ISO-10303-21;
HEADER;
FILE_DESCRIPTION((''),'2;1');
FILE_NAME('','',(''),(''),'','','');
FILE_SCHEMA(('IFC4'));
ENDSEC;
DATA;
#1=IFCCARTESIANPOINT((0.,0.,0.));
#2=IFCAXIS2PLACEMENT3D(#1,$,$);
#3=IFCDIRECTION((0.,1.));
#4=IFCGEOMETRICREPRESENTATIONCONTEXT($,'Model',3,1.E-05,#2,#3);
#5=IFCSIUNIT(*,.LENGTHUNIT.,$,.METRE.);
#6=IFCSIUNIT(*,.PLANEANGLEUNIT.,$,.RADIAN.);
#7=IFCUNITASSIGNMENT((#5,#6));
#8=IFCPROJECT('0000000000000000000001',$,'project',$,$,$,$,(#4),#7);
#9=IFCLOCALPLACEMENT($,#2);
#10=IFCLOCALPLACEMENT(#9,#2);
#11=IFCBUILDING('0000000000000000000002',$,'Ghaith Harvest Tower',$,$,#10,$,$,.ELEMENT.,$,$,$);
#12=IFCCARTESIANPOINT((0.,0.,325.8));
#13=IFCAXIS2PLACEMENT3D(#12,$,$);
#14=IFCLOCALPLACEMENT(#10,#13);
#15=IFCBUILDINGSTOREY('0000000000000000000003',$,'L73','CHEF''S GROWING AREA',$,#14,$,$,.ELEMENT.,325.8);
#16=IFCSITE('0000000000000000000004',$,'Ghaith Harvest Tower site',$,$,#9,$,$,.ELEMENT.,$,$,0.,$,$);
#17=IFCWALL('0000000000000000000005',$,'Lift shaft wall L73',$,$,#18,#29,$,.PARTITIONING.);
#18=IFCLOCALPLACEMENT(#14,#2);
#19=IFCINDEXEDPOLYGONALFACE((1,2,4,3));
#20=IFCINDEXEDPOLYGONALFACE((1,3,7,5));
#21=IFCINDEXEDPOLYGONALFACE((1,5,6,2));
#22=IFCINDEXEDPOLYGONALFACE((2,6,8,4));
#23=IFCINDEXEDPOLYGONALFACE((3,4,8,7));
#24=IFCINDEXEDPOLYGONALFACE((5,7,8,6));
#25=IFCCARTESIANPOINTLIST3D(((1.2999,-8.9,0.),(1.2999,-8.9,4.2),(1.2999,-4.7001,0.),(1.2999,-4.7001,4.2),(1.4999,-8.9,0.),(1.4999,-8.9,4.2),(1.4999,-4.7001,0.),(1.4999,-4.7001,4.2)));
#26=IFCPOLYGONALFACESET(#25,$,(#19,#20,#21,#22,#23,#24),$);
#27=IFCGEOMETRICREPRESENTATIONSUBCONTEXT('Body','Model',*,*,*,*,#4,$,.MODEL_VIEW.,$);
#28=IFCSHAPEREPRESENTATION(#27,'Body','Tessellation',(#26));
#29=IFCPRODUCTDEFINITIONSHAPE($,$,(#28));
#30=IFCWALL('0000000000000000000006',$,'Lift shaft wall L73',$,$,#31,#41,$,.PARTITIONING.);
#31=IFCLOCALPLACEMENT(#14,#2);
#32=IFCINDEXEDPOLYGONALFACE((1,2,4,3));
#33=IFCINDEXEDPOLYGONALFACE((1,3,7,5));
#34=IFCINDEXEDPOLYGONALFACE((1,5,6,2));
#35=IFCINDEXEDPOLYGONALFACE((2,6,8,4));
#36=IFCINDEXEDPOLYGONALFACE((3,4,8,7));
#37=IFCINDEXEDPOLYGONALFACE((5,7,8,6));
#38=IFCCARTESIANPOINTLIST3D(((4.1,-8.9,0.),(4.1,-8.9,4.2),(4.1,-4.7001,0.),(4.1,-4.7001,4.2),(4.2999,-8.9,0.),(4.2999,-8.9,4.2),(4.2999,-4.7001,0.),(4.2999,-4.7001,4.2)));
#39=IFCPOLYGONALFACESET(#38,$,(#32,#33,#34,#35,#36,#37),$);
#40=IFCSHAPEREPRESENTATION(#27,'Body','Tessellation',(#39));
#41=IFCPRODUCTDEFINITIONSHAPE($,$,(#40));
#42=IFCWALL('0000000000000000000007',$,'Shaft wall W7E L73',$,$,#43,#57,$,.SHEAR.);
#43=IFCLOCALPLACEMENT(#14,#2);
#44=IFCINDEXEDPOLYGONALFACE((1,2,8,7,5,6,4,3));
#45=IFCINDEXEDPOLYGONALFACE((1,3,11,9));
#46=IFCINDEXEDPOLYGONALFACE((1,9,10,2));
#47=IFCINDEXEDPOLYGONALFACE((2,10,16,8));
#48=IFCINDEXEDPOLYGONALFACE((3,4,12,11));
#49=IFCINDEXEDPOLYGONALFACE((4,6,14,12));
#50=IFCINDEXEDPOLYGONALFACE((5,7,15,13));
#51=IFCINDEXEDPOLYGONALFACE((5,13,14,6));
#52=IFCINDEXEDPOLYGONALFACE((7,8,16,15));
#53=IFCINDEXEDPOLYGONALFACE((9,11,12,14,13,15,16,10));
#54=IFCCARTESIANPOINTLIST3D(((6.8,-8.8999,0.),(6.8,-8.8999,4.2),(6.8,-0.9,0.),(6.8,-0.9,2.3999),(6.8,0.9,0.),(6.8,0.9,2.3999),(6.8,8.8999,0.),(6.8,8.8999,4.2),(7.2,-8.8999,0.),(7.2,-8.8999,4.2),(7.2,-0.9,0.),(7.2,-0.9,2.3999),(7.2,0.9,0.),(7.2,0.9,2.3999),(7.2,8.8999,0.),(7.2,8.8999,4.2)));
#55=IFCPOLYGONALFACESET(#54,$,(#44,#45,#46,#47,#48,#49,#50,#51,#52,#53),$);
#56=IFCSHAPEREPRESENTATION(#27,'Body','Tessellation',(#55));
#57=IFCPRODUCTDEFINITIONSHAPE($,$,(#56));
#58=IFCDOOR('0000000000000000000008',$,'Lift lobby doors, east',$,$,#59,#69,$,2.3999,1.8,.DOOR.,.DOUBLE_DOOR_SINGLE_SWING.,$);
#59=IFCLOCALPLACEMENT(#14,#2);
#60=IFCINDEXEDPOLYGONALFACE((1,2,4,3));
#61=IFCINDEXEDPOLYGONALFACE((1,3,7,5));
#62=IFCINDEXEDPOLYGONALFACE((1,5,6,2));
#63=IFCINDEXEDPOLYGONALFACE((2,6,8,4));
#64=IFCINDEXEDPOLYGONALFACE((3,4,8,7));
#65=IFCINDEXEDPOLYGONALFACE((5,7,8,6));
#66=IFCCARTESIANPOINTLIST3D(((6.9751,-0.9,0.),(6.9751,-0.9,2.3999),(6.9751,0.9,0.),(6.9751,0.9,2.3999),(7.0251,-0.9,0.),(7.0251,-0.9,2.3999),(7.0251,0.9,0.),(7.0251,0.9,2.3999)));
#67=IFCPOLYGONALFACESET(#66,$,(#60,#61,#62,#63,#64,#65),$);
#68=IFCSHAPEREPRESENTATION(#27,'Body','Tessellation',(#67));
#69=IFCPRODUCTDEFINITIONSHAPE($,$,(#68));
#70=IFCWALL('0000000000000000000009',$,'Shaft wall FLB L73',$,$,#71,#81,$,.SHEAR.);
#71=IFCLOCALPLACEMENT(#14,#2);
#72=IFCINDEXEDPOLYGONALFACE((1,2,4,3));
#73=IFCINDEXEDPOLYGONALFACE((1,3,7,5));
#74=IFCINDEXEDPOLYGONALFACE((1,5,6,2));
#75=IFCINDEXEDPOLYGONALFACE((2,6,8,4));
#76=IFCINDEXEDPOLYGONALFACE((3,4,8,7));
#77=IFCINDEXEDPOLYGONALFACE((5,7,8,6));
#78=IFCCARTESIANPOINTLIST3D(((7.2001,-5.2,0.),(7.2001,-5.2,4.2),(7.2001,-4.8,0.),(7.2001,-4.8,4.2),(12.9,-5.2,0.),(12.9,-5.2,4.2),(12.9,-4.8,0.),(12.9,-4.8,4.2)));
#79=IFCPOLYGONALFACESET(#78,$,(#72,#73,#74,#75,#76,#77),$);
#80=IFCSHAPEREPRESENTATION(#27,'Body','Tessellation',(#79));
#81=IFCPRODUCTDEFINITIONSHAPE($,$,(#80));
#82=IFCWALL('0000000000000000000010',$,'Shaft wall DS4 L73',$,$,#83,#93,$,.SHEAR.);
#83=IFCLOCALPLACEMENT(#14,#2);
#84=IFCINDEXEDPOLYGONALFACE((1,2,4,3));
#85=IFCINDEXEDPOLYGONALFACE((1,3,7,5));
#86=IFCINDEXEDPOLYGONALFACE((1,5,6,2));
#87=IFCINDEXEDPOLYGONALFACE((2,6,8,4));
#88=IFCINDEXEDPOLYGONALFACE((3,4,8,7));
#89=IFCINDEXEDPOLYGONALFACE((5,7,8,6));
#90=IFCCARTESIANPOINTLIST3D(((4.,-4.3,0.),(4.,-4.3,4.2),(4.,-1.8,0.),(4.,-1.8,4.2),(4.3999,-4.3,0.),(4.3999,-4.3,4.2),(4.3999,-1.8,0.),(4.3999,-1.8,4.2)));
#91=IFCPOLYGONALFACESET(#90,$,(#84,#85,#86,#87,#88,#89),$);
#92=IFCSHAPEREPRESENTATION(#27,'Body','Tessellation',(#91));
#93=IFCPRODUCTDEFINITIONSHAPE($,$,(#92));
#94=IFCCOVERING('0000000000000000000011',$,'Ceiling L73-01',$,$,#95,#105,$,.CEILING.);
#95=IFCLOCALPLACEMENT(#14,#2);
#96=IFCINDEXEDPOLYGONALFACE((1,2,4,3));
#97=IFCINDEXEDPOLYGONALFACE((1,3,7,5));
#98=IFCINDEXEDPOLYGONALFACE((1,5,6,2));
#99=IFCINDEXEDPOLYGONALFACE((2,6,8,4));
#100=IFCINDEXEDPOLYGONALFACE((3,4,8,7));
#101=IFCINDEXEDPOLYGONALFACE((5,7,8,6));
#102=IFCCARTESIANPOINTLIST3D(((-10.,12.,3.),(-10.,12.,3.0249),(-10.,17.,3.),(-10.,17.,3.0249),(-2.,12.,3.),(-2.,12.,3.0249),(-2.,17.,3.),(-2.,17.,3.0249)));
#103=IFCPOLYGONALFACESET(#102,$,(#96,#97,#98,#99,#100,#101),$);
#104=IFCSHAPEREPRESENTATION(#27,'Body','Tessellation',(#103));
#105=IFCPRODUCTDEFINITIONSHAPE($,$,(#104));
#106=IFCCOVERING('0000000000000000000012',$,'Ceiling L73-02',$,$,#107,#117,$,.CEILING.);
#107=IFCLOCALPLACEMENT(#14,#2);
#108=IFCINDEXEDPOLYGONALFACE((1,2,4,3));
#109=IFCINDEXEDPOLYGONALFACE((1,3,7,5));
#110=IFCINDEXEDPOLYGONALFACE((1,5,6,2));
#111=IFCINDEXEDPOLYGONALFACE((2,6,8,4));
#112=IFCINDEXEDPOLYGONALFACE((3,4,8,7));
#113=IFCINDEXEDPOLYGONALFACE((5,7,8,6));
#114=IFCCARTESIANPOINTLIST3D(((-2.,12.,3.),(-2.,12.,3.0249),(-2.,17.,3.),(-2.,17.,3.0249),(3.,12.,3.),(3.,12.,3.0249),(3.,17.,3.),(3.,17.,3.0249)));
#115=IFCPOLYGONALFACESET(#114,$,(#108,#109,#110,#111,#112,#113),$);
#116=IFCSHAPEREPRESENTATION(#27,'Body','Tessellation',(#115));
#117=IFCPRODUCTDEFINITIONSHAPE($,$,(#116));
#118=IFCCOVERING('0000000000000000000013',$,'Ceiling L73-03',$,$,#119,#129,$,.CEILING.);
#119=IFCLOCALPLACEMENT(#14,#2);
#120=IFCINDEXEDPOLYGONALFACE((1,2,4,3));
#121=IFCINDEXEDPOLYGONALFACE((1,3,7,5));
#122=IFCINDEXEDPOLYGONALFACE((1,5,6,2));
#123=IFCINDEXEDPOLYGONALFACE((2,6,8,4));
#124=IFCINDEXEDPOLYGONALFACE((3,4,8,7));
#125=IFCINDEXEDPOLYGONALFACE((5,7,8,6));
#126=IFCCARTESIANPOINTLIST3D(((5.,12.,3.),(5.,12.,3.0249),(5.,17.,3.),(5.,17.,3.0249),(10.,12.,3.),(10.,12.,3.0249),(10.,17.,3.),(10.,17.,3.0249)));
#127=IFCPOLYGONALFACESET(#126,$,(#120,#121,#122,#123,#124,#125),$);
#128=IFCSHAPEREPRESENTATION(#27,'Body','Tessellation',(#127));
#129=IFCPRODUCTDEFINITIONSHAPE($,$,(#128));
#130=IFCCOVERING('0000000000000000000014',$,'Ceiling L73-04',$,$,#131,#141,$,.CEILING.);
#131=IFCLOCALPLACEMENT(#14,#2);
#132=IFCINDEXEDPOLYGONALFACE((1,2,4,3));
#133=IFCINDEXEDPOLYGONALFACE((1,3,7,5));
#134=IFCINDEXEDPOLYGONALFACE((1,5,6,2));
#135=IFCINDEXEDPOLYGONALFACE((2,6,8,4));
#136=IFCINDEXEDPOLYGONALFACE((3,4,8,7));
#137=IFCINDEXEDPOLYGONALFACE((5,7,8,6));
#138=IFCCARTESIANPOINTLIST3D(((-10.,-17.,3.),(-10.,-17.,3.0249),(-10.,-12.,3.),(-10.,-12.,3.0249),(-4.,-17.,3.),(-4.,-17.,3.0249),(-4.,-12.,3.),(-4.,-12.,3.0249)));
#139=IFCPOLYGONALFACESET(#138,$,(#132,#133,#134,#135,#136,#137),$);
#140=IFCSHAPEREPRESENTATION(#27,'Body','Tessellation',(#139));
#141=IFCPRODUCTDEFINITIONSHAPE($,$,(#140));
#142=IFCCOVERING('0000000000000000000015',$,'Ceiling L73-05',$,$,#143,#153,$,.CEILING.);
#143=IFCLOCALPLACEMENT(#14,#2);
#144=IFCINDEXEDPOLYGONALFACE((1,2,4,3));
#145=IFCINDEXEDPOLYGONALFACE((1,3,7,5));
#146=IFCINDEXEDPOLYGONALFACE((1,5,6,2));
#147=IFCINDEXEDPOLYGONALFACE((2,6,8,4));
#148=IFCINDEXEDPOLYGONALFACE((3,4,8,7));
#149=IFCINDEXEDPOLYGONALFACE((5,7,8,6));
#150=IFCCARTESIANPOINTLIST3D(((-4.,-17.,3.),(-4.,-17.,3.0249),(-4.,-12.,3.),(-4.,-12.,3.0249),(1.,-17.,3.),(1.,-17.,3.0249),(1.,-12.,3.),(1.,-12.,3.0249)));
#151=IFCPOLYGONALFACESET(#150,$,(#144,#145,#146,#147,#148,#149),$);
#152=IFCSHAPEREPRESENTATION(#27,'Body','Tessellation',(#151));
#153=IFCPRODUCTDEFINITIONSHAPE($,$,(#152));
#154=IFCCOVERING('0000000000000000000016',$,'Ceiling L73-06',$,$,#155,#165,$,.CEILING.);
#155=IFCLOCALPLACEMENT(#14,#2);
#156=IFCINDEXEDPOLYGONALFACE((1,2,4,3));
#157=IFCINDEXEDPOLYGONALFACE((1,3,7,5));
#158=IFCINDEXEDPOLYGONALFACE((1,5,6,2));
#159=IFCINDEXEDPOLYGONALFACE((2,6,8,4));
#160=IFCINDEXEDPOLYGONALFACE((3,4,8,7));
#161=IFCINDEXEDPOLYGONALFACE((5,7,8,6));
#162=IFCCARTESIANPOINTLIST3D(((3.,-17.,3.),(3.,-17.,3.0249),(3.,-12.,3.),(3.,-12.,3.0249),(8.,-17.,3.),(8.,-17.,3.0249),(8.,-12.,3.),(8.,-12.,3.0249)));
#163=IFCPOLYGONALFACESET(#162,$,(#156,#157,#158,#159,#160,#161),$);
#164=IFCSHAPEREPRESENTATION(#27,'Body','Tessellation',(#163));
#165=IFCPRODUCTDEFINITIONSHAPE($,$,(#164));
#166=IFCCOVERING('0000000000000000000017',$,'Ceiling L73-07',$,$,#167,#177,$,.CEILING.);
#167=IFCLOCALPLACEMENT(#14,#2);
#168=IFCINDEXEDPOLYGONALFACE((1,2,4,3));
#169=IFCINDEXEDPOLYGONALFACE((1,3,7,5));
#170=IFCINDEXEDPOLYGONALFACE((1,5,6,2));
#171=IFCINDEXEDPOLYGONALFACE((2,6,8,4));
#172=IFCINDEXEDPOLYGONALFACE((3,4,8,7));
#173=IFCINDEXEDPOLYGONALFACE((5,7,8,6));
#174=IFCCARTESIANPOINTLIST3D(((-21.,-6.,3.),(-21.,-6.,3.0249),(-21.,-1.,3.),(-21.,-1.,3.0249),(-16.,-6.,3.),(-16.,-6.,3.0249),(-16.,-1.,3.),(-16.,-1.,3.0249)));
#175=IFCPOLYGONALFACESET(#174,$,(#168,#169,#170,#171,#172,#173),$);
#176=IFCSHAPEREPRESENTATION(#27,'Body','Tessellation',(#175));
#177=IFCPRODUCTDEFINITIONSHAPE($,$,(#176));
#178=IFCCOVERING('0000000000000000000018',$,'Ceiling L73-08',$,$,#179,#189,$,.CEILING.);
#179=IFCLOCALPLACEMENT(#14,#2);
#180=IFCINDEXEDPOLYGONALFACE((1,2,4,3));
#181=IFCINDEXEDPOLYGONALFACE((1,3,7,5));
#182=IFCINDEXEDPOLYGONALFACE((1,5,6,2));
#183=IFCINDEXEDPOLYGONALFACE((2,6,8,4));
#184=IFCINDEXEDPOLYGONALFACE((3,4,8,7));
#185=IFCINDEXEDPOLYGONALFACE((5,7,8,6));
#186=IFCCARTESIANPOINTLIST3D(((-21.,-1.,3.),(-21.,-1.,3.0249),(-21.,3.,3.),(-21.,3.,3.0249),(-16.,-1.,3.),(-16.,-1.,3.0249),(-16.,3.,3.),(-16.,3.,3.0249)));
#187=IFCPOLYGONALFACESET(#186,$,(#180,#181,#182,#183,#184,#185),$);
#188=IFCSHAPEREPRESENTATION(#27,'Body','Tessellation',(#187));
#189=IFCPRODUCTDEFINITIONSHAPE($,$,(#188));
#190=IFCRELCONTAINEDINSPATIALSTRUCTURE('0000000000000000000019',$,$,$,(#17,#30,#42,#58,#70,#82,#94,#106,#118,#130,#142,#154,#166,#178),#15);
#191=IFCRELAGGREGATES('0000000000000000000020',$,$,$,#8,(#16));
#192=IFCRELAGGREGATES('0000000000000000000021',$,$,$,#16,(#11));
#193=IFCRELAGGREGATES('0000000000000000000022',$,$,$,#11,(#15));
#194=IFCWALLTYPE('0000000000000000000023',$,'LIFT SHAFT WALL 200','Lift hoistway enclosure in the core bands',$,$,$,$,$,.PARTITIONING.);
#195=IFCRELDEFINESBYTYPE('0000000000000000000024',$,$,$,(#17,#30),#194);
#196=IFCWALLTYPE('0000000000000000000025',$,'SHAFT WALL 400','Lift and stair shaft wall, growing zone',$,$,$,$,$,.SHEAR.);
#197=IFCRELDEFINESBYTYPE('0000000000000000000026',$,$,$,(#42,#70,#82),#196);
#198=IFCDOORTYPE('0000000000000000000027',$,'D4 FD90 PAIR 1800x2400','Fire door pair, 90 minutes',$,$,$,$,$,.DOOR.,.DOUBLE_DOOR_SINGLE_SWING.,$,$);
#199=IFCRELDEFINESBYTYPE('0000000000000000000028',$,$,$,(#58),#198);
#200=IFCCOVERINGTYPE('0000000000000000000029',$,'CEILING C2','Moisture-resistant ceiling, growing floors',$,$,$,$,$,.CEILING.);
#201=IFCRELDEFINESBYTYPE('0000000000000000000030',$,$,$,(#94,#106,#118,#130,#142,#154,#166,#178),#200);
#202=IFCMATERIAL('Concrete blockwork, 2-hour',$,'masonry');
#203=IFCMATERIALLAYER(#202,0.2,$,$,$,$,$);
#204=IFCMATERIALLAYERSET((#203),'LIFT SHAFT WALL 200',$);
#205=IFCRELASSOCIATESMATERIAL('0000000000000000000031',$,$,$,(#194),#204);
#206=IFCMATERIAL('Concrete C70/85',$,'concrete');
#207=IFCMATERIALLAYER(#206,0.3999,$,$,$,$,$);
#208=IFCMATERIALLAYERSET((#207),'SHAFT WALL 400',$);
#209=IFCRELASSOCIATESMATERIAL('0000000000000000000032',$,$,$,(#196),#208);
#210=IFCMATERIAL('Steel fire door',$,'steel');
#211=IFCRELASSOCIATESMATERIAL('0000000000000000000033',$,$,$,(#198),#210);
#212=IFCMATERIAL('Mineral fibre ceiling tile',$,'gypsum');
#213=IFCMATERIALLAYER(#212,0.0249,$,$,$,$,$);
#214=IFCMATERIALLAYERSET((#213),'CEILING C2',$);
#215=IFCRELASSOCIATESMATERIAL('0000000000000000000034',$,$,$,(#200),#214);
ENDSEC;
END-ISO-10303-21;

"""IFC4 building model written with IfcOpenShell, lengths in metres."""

from ifc_helpers import new_model, si_unit, direction, frame, frame_2d, origin, place, context, subcontext, project, spatial, polyline, rectangle, outline, extrude, material, layer, layer_set, type_object, element, fill, save


model = new_model("IFC4")

# Units and contexts
model_context = context("Model", 3, precision=1e-05, world=origin(), true_north=direction((0.0, 1.0)))
body_context = subcontext(model_context, "Body", "Model", "MODEL_VIEW")
ifc_project = project(units=[si_unit("LENGTHUNIT", "METRE"), si_unit("PLANEANGLEUNIT", "RADIAN")], contexts=[model_context])

# Site, building, storey
site_placement = place(None, origin())
site = spatial("IfcSite", under=ifc_project, at=site_placement, Name="Ghaith Harvest Tower site", CompositionType="ELEMENT", RefElevation=0.0)
building_placement = place(site_placement, origin())
building = spatial("IfcBuilding", under=site, at=building_placement, Name="Ghaith Harvest Tower", CompositionType="ELEMENT")
storey_placement = place(building_placement, frame((0.0, 0.0, 325.8)))
storey = spatial("IfcBuildingStorey", under=building, at=storey_placement, Name="L73", Description="CHEF'S GROWING AREA", CompositionType="ELEMENT", Elevation=325.8)

# Walls
ifc_material_1 = material(Name="Concrete blockwork, 2-hour", Category="masonry")
ifc_layer_1 = layer(ifc_material_1, 0.2)
ifc_layer_set_1 = layer_set([ifc_layer_1], Name="LIFT SHAFT WALL 200")
wall_type_1 = type_object("IfcWallType", Name="LIFT SHAFT WALL 200", Description="Lift hoistway enclosure in the core bands", PredefinedType="PARTITIONING", material=ifc_layer_set_1)
for number, where, z_axis, x_axis, name in (
    (1, (1.3999, -4.7, 0.0), (0.0, 0.0, 1.0), (0.0, -1.0, 0.0), "Lift shaft wall L73"),
    (2, (4.2, -4.7, 0.0), (0.0, 0.0, 1.0), (0.0, -1.0, 0.0), "Lift shaft wall L73"),
):
    element("IfcWall", number, at=place(storey_placement, frame(where, z_axis=z_axis, x_axis=x_axis)), inside=storey, type_object=wall_type_1, Name=name, PredefinedType="PARTITIONING", context=body_context, shape_type="SweptSolid", body=[
        extrude(rectangle(XDim=4.2, YDim=0.2, at=frame_2d((2.1001, 0.0))), origin(), (0.0, 0.0, 1.0), 4.2),
    ])

# Wall, opening, door
ifc_material_2 = material(Name="Concrete C70/85", Category="concrete")
ifc_layer_2 = layer(ifc_material_2, 0.3999)
ifc_layer_set_2 = layer_set([ifc_layer_2], Name="SHAFT WALL 400")
wall_type_2 = type_object("IfcWallType", Name="SHAFT WALL 400", Description="Lift and stair shaft wall, growing zone", PredefinedType="SHEAR", material=ifc_layer_set_2)
wall_1_placement = place(storey_placement, frame((7.0, -8.8999, 0.0), z_axis=(0.0, 0.0, 1.0), x_axis=(0.0, 1.0, 0.0)))
wall_1 = element("IfcWall", 3, at=wall_1_placement, inside=storey, type_object=wall_type_2, Name="Shaft wall W7E L73", PredefinedType="SHEAR", context=body_context, shape_type="SweptSolid", body=[
    extrude(rectangle(XDim=17.7998, YDim=0.3999, at=frame_2d((8.8999, 0.0))), origin(), (0.0, 0.0, 1.0), 4.2),
])
opening_1_placement = place(wall_1_placement, frame((8.0, 0.0, 0.0)))
opening_1 = element("IfcOpeningElement", 4, at=opening_1_placement, cuts=wall_1, PredefinedType="OPENING", context=body_context, shape_type="SweptSolid", body=[
    extrude(rectangle(XDim=1.8, YDim=2.3999, at=frame_2d((0.8999, 1.2))), frame((0.0, 0.21, 0.0), z_axis=(0.0, -1.0, 0.0), x_axis=(1.0, 0.0, 0.0)), (0.0, 0.0, 1.0), 0.4199),
])
ifc_material_3 = material(Name="Steel fire door", Category="steel")
door_type_1 = type_object("IfcDoorType", Name="D4 FD90 PAIR 1800x2400", Description="Fire door pair, 90 minutes", OperationType="DOUBLE_DOOR_SINGLE_SWING", PredefinedType="DOOR", material=ifc_material_3)
door_1_placement = place(opening_1_placement, origin())
door_1 = element("IfcDoor", 5, at=door_1_placement, inside=storey, type_object=door_type_1, Name="Lift lobby doors, east", OperationType="DOUBLE_DOOR_SINGLE_SWING", OverallHeight=2.3999, OverallWidth=1.8, PredefinedType="DOOR", context=body_context, shape_type="SweptSolid", body=[
    extrude(rectangle(XDim=1.8, YDim=2.3999, at=frame_2d((0.8999, 1.2))), frame((0.0, 0.0249, 0.0), z_axis=(0.0, -1.0, 0.0), x_axis=(1.0, 0.0, 0.0)), (0.0, 0.0, 1.0), 0.05),
])
fill(opening_1, door_1)

# Walls
wall_2_placement = place(storey_placement, frame((7.2, -5.0, 0.0), z_axis=(0.0, 0.0, 1.0), x_axis=(1.0, 0.0, 0.0)))
element("IfcWall", 6, at=wall_2_placement, inside=storey, type_object=wall_type_2, Name="Shaft wall FLB L73", PredefinedType="SHEAR", context=body_context, shape_type="SweptSolid", body=[
    extrude(rectangle(XDim=5.7, YDim=0.3999, at=frame_2d((2.8501, 0.0))), origin(), (0.0, 0.0, 1.0), 4.2),
])
wall_3_placement = place(storey_placement, frame((4.2, -4.3, 0.0), z_axis=(0.0, 0.0, 1.0), x_axis=(0.0, 1.0, 0.0)))
element("IfcWall", 7, at=wall_3_placement, inside=storey, type_object=wall_type_2, Name="Shaft wall DS4 L73", PredefinedType="SHEAR", context=body_context, shape_type="SweptSolid", body=[
    extrude(rectangle(XDim=2.5, YDim=0.3999, at=frame_2d((1.25, 0.0))), origin(), (0.0, 0.0, 1.0), 4.2),
])

# Coverings
ifc_material_4 = material(Name="Mineral fibre ceiling tile", Category="gypsum")
ifc_layer_3 = layer(ifc_material_4, 0.0249)
ifc_layer_set_3 = layer_set([ifc_layer_3], Name="CEILING C2")
covering_type = type_object("IfcCoveringType", Name="CEILING C2", Description="Moisture-resistant ceiling, growing floors", PredefinedType="CEILING", material=ifc_layer_set_3)
covering_1_placement = place(storey_placement, frame((0.0, 0.0, 3.0)))
element("IfcCovering", 8, at=covering_1_placement, inside=storey, type_object=covering_type, Name="Ceiling L73-01", PredefinedType="CEILING", context=body_context, shape_type="SweptSolid", body=[
    extrude(outline(polyline([(-10.0, 12.0), (-2.0, 12.0), (-2.0, 17.0), (-10.0, 17.0), (-10.0, 12.0)])), origin(), (0.0, 0.0, 1.0), 0.0249),
])
covering_2_placement = place(storey_placement, frame((0.0, 0.0, 3.0)))
element("IfcCovering", 9, at=covering_2_placement, inside=storey, type_object=covering_type, Name="Ceiling L73-02", PredefinedType="CEILING", context=body_context, shape_type="SweptSolid", body=[
    extrude(outline(polyline([(-2.0, 12.0), (3.0, 12.0), (3.0, 17.0), (-2.0, 17.0), (-2.0, 12.0)])), origin(), (0.0, 0.0, 1.0), 0.0249),
])
covering_3_placement = place(storey_placement, frame((0.0, 0.0, 3.0)))
element("IfcCovering", 10, at=covering_3_placement, inside=storey, type_object=covering_type, Name="Ceiling L73-03", PredefinedType="CEILING", context=body_context, shape_type="SweptSolid", body=[
    extrude(outline(polyline([(5.0, 12.0), (10.0, 12.0), (10.0, 17.0), (5.0, 17.0), (5.0, 12.0)])), origin(), (0.0, 0.0, 1.0), 0.0249),
])
covering_4_placement = place(storey_placement, frame((0.0, 0.0, 3.0)))
element("IfcCovering", 11, at=covering_4_placement, inside=storey, type_object=covering_type, Name="Ceiling L73-04", PredefinedType="CEILING", context=body_context, shape_type="SweptSolid", body=[
    extrude(outline(polyline([(-10.0, -17.0), (-4.0, -17.0), (-4.0, -12.0), (-10.0, -12.0), (-10.0, -17.0)])), origin(), (0.0, 0.0, 1.0), 0.0249),
])
covering_5_placement = place(storey_placement, frame((0.0, 0.0, 3.0)))
element("IfcCovering", 12, at=covering_5_placement, inside=storey, type_object=covering_type, Name="Ceiling L73-05", PredefinedType="CEILING", context=body_context, shape_type="SweptSolid", body=[
    extrude(outline(polyline([(-4.0, -17.0), (1.0, -17.0), (1.0, -12.0), (-4.0, -12.0), (-4.0, -17.0)])), origin(), (0.0, 0.0, 1.0), 0.0249),
])
covering_6_placement = place(storey_placement, frame((0.0, 0.0, 3.0)))
element("IfcCovering", 13, at=covering_6_placement, inside=storey, type_object=covering_type, Name="Ceiling L73-06", PredefinedType="CEILING", context=body_context, shape_type="SweptSolid", body=[
    extrude(outline(polyline([(3.0, -17.0), (8.0, -17.0), (8.0, -12.0), (3.0, -12.0), (3.0, -17.0)])), origin(), (0.0, 0.0, 1.0), 0.0249),
])
covering_7_placement = place(storey_placement, frame((0.0, 0.0, 3.0)))
element("IfcCovering", 14, at=covering_7_placement, inside=storey, type_object=covering_type, Name="Ceiling L73-07", PredefinedType="CEILING", context=body_context, shape_type="SweptSolid", body=[
    extrude(outline(polyline([(-21.0, -6.0), (-16.0, -6.0), (-16.0, -1.0), (-21.0, -1.0), (-21.0, -6.0)])), origin(), (0.0, 0.0, 1.0), 0.0249),
])
covering_8_placement = place(storey_placement, frame((0.0, 0.0, 3.0)))
element("IfcCovering", 15, at=covering_8_placement, inside=storey, type_object=covering_type, Name="Ceiling L73-08", PredefinedType="CEILING", context=body_context, shape_type="SweptSolid", body=[
    extrude(outline(polyline([(-21.0, -1.0), (-16.0, -1.0), (-16.0, 3.0), (-21.0, 3.0), (-21.0, -1.0)])), origin(), (0.0, 0.0, 1.0), 0.0249),
])

save(model, "model.ifc")
